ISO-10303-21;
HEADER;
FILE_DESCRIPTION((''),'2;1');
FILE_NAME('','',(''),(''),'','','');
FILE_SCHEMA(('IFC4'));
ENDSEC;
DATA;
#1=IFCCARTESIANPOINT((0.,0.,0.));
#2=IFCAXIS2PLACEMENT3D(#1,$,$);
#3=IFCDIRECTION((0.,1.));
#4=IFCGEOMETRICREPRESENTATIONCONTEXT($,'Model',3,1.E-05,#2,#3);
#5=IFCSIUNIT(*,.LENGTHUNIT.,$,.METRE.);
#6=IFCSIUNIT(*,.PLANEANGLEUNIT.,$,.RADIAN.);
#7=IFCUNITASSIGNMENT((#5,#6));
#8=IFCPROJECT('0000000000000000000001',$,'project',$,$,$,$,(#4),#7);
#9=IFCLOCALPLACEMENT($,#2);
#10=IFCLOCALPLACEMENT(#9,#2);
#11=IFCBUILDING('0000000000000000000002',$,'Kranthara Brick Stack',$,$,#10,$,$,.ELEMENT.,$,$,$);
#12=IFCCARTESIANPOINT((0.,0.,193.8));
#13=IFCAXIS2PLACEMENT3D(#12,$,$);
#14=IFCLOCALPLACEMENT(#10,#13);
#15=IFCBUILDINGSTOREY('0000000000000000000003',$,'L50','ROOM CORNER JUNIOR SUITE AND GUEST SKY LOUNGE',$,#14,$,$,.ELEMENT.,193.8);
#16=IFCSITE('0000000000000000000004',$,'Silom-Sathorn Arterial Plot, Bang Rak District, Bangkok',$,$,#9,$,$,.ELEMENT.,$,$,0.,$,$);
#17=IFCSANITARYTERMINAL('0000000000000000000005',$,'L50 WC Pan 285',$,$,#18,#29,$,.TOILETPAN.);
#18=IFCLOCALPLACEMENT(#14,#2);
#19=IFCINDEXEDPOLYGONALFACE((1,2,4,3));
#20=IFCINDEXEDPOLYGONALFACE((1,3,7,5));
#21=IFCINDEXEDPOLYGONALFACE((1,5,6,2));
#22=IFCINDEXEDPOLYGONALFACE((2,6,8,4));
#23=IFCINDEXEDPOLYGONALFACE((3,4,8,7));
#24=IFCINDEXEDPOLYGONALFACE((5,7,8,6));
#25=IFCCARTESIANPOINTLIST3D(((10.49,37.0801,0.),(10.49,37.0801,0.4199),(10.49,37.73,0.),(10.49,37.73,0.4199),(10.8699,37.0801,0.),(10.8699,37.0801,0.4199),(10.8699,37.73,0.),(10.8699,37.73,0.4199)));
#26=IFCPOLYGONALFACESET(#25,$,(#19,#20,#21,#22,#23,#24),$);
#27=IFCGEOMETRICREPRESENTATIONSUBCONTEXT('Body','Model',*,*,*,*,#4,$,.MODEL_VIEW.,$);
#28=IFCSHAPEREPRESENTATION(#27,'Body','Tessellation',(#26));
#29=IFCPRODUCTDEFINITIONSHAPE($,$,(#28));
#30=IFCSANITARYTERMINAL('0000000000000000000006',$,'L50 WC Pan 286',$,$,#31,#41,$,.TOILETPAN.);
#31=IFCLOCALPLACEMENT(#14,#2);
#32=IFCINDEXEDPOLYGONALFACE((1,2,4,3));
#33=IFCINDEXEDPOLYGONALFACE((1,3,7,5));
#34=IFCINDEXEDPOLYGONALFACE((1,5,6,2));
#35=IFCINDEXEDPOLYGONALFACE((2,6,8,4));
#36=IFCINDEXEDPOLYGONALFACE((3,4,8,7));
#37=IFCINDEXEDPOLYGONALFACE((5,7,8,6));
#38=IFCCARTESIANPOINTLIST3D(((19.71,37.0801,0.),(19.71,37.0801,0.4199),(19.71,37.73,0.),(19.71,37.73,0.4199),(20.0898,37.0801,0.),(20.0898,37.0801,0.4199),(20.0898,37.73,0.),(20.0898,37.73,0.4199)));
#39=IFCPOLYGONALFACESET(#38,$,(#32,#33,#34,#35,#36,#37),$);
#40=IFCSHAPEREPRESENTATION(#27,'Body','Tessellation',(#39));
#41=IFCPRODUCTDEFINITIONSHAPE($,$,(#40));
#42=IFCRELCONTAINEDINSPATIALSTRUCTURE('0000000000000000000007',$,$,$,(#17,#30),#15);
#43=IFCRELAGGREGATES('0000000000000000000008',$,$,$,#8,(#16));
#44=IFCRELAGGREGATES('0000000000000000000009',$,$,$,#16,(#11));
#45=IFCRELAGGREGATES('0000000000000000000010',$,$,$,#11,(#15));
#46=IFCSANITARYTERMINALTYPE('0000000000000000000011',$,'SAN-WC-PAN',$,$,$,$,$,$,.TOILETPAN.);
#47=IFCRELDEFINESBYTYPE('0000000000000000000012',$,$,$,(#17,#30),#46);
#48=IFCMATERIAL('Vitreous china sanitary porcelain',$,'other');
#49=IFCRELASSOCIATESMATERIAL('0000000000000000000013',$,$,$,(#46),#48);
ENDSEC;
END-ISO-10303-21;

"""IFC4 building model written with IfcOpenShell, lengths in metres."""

from ifc_helpers import new_model, si_unit, direction, frame, origin, origin_2d, place, context, subcontext, project, spatial, rectangle, extrude, material, type_object, element, save


model = new_model("IFC4")

# Units and contexts
model_context = context("Model", 3, precision=1e-05, world=origin(), true_north=direction((0.0, 1.0)))
body_context = subcontext(model_context, "Body", "Model", "MODEL_VIEW")
ifc_project = project(units=[si_unit("LENGTHUNIT", "METRE"), si_unit("PLANEANGLEUNIT", "RADIAN")], contexts=[model_context])

# Site, building, storey
site_placement = place(None, origin())
site = spatial("IfcSite", under=ifc_project, at=site_placement, Name="Silom-Sathorn Arterial Plot, Bang Rak District, Bangkok", CompositionType="ELEMENT", RefElevation=0.0)
building_placement = place(site_placement, origin())
building = spatial("IfcBuilding", under=site, at=building_placement, Name="Kranthara Brick Stack", CompositionType="ELEMENT")
storey_placement = place(building_placement, frame((0.0, 0.0, 193.8)))
storey = spatial("IfcBuildingStorey", under=building, at=storey_placement, Name="L50", Description="ROOM CORNER JUNIOR SUITE AND GUEST SKY LOUNGE", CompositionType="ELEMENT", Elevation=193.8)

# Sanitary terminals
ifc_material_1 = material(Name="Vitreous china sanitary porcelain", Category="other")
sanitary_terminal_type_1 = type_object("IfcSanitaryTerminalType", Name="SAN-WC-PAN", PredefinedType="TOILETPAN", material=ifc_material_1)
for number, where, z_axis, x_axis, name in (
    (1, (10.6799, 37.405, 0.0), (0.0, 0.0, 1.0), (1.0, 0.0, 0.0), "L50 WC Pan 285"),
    (2, (19.8999, 37.405, 0.0), (0.0, 0.0, 1.0), (1.0, 0.0, 0.0), "L50 WC Pan 286"),
):
    element("IfcSanitaryTerminal", number, at=place(storey_placement, frame(where, z_axis=z_axis, x_axis=x_axis)), inside=storey, type_object=sanitary_terminal_type_1, Name=name, PredefinedType="TOILETPAN", context=body_context, shape_type="SweptSolid", body=[
        extrude(rectangle(XDim=0.3799, YDim=0.6499, at=origin_2d()), origin(), (0.0, 0.0, 1.0), 0.4199),
    ])

save(model, "model.ifc")
